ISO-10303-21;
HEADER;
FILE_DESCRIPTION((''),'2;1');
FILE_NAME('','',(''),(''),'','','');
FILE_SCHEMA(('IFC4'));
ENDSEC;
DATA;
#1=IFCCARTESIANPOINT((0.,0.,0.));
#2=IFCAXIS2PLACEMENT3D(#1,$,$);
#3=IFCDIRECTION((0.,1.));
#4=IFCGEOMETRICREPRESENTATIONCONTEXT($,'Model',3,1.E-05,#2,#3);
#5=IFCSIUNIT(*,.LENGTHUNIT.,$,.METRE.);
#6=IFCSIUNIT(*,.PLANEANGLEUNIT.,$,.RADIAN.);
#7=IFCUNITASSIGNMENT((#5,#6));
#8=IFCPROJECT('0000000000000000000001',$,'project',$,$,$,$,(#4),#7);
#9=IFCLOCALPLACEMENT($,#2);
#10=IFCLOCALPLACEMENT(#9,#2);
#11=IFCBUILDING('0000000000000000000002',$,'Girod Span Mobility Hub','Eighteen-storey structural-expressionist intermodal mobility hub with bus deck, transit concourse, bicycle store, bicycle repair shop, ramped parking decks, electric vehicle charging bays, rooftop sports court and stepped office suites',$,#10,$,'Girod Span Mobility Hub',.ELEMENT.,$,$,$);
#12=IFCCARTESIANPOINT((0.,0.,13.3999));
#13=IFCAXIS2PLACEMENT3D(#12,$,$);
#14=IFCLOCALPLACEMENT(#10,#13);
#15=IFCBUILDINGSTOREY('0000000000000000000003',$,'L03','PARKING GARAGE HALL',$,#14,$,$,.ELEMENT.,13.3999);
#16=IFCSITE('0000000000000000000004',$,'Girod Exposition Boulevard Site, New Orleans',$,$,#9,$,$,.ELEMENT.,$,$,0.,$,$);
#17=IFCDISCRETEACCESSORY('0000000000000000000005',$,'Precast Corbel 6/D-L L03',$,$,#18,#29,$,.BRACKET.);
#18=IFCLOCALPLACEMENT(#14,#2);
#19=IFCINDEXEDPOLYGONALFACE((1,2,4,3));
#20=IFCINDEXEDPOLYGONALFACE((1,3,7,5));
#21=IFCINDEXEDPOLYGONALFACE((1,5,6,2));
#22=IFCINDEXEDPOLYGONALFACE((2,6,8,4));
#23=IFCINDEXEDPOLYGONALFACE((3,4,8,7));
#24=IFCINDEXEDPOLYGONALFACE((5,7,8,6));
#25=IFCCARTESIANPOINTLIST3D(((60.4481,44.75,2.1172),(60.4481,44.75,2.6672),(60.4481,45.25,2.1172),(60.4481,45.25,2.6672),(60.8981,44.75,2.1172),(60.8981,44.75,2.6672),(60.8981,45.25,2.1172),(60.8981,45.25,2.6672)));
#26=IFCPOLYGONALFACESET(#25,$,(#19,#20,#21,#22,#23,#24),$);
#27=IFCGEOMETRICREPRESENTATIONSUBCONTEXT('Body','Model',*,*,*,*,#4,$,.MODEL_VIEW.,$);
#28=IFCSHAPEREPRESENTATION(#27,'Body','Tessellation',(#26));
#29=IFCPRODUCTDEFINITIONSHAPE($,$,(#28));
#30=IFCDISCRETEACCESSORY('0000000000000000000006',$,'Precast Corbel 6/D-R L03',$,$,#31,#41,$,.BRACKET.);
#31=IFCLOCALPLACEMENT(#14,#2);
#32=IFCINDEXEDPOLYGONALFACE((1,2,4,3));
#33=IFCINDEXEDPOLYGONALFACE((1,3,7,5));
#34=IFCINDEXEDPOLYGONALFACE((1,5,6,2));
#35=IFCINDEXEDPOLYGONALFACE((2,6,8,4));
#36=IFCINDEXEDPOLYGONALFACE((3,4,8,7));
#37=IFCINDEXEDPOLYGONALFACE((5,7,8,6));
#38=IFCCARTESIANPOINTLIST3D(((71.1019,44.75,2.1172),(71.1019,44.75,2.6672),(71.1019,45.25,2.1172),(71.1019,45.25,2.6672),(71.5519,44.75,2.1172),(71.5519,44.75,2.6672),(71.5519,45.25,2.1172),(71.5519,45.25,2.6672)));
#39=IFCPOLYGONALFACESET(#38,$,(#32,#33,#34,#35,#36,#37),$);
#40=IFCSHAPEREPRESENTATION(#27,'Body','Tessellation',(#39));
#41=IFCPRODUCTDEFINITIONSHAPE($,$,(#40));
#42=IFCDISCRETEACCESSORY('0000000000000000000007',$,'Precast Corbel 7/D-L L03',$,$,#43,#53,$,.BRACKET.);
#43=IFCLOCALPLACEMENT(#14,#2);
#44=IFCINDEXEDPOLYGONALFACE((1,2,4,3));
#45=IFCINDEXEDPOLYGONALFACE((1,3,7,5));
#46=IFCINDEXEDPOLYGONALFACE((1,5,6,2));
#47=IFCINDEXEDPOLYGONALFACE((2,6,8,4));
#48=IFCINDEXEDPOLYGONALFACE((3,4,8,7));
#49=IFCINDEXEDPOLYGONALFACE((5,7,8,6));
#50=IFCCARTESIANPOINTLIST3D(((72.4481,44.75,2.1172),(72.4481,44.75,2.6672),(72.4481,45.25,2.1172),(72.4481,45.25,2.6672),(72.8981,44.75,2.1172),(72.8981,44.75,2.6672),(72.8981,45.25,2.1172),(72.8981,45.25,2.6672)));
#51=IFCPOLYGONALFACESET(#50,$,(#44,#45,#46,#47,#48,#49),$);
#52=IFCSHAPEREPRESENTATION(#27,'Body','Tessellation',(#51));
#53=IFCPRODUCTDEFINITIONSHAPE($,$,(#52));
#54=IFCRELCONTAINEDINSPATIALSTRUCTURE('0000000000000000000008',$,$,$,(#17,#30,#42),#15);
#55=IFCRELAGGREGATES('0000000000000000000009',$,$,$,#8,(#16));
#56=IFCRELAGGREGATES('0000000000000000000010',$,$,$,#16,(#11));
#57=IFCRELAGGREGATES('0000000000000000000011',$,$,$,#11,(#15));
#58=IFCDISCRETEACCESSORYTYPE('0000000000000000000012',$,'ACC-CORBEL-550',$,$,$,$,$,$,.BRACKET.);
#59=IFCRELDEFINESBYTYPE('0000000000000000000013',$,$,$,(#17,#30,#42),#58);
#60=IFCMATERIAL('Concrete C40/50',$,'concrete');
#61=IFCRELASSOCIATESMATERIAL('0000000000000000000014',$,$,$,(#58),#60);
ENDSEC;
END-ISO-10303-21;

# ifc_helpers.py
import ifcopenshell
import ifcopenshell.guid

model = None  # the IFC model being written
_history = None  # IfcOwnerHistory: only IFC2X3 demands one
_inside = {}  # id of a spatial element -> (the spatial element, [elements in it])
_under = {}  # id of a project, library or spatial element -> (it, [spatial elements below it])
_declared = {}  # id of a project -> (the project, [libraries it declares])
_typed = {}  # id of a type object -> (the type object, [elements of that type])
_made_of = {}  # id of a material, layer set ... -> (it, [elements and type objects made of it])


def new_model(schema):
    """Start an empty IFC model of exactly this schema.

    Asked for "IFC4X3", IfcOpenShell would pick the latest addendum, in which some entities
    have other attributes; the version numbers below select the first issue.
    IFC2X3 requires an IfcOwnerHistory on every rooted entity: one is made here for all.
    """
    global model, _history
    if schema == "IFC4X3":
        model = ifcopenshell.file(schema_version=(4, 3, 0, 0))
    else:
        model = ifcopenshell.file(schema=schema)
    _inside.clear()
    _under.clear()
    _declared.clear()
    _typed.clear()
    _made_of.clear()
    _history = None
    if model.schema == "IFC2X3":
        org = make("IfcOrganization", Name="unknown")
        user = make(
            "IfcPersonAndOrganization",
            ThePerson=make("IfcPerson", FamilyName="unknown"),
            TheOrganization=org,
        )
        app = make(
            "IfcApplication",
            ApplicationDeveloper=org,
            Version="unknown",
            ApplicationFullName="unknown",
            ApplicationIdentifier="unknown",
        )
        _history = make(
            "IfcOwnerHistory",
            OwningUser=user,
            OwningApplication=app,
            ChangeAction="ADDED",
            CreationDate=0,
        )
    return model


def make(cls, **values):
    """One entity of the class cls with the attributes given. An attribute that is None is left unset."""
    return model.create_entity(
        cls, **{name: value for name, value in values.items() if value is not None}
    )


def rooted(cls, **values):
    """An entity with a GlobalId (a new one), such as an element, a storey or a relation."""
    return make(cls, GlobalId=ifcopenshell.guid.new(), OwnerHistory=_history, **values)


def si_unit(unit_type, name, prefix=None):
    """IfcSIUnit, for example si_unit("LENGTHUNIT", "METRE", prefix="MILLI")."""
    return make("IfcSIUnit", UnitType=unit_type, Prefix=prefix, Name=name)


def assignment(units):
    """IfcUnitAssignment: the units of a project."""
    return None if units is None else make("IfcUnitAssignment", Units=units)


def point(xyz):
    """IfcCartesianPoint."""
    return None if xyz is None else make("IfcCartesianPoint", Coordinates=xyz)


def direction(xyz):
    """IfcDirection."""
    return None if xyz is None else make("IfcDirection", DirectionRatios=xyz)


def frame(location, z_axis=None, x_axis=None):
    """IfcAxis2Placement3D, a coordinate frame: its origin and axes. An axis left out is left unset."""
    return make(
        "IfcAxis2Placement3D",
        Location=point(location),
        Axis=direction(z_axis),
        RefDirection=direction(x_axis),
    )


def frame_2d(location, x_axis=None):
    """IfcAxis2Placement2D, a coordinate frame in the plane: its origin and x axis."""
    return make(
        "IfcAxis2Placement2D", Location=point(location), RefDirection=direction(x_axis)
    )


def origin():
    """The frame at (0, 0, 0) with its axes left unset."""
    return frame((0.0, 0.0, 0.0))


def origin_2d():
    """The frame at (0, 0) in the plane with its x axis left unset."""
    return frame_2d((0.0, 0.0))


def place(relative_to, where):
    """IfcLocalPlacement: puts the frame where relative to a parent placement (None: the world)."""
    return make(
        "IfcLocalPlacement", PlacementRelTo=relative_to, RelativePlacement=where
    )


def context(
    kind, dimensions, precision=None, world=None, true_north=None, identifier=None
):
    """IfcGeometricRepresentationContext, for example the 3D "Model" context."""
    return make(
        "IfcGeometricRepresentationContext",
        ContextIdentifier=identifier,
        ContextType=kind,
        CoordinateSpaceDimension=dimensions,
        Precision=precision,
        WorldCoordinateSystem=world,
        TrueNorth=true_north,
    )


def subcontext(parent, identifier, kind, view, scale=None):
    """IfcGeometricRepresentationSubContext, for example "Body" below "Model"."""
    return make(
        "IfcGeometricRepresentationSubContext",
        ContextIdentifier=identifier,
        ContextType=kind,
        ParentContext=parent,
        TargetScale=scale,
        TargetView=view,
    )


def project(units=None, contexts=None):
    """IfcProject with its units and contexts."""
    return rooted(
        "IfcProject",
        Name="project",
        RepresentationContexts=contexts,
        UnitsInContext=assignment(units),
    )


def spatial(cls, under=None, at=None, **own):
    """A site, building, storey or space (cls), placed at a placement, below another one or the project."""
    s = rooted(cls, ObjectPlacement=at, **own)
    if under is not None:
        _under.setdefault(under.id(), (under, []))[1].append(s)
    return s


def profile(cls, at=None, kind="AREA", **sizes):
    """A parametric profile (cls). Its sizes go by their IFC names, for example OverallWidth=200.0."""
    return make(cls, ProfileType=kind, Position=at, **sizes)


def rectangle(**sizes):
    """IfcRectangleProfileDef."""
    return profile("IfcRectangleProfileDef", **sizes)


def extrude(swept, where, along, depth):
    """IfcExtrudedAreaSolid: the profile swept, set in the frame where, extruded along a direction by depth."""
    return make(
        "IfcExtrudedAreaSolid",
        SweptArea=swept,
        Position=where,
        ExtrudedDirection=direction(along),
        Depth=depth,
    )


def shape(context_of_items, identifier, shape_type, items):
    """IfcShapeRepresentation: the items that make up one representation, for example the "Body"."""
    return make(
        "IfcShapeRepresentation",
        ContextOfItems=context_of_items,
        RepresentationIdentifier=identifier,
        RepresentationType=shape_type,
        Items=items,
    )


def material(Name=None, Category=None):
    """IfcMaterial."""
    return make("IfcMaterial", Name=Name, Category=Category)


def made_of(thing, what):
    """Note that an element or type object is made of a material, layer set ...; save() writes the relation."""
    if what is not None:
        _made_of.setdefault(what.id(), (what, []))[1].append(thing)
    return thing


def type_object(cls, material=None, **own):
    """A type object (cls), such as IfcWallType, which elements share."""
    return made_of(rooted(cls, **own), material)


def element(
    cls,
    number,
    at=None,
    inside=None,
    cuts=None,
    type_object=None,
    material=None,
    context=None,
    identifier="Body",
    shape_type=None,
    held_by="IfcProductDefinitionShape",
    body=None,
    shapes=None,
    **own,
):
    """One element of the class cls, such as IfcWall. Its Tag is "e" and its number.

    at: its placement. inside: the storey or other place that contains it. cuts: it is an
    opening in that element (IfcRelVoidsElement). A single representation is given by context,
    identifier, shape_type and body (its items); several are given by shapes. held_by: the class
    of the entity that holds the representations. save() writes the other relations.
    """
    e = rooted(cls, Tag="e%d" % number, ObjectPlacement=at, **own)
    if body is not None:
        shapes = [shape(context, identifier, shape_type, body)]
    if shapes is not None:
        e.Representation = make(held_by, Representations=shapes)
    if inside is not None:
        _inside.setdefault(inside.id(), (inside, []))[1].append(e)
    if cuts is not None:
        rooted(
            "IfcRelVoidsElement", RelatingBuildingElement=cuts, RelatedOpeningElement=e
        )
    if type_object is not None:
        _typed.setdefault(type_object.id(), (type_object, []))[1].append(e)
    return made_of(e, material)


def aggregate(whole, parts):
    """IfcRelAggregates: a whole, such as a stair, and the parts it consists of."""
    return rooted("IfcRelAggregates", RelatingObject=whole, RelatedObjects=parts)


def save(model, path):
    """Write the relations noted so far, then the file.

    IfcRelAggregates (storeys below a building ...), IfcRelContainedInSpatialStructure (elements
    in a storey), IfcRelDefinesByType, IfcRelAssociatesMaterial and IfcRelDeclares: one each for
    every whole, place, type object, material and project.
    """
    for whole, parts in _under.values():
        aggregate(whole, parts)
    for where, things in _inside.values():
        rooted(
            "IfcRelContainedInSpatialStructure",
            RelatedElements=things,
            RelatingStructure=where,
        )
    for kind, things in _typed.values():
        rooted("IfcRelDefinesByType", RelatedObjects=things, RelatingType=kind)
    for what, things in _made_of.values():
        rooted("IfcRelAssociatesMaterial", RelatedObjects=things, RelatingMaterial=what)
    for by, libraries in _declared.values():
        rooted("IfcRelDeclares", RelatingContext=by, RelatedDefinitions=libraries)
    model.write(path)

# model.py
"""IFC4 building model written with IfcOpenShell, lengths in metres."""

from ifc_helpers import new_model, si_unit, direction, frame, origin, origin_2d, place, context, subcontext, project, spatial, rectangle, extrude, material, type_object, element, save


model = new_model("IFC4")

# Units and contexts
model_context = context("Model", 3, precision=1e-05, world=origin(), true_north=direction((0.0, 1.0)))
body_context = subcontext(model_context, "Body", "Model", "MODEL_VIEW")
ifc_project = project(units=[si_unit("LENGTHUNIT", "METRE"), si_unit("PLANEANGLEUNIT", "RADIAN")], contexts=[model_context])

# Site, building, storey
site_placement = place(None, origin())
site = spatial("IfcSite", under=ifc_project, at=site_placement, Name="Girod Exposition Boulevard Site, New Orleans", CompositionType="ELEMENT", RefElevation=0.0)
building_placement = place(site_placement, origin())
building = spatial("IfcBuilding", under=site, at=building_placement, Name="Girod Span Mobility Hub", Description="Eighteen-storey structural-expressionist intermodal mobility hub with bus deck, transit concourse, bicycle store, bicycle repair shop, ramped parking decks, electric vehicle charging bays, rooftop sports court and stepped office suites", LongName="Girod Span Mobility Hub", CompositionType="ELEMENT")
storey_placement = place(building_placement, frame((0.0, 0.0, 13.3999)))
storey = spatial("IfcBuildingStorey", under=building, at=storey_placement, Name="L03", Description="PARKING GARAGE HALL", CompositionType="ELEMENT", Elevation=13.3999)

# Discrete accessories
ifc_material_1 = material(Name="Concrete C40/50", Category="concrete")
discrete_accessory_type = type_object("IfcDiscreteAccessoryType", Name="ACC-CORBEL-550", PredefinedType="BRACKET", material=ifc_material_1)
for number, where, z_axis, x_axis, name in (
    (1, (60.6731, 45.0, 2.1172), (0.0, 0.0, 1.0), (1.0, 0.0, 0.0), "Precast Corbel 6/D-L L03"),
    (2, (71.3269, 45.0, 2.1172), (0.0, 0.0, 1.0), (1.0, 0.0, 0.0), "Precast Corbel 6/D-R L03"),
    (3, (72.6731, 45.0, 2.1172), (0.0, 0.0, 1.0), (1.0, 0.0, 0.0), "Precast Corbel 7/D-L L03"),
):
    element("IfcDiscreteAccessory", number, at=place(storey_placement, frame(where, z_axis=z_axis, x_axis=x_axis)), inside=storey, type_object=discrete_accessory_type, Name=name, PredefinedType="BRACKET", context=body_context, shape_type="SweptSolid", body=[
        extrude(rectangle(XDim=0.45, YDim=0.5, at=origin_2d()), origin(), (0.0, 0.0, 1.0), 0.55),
    ])

save(model, "model.ifc")
